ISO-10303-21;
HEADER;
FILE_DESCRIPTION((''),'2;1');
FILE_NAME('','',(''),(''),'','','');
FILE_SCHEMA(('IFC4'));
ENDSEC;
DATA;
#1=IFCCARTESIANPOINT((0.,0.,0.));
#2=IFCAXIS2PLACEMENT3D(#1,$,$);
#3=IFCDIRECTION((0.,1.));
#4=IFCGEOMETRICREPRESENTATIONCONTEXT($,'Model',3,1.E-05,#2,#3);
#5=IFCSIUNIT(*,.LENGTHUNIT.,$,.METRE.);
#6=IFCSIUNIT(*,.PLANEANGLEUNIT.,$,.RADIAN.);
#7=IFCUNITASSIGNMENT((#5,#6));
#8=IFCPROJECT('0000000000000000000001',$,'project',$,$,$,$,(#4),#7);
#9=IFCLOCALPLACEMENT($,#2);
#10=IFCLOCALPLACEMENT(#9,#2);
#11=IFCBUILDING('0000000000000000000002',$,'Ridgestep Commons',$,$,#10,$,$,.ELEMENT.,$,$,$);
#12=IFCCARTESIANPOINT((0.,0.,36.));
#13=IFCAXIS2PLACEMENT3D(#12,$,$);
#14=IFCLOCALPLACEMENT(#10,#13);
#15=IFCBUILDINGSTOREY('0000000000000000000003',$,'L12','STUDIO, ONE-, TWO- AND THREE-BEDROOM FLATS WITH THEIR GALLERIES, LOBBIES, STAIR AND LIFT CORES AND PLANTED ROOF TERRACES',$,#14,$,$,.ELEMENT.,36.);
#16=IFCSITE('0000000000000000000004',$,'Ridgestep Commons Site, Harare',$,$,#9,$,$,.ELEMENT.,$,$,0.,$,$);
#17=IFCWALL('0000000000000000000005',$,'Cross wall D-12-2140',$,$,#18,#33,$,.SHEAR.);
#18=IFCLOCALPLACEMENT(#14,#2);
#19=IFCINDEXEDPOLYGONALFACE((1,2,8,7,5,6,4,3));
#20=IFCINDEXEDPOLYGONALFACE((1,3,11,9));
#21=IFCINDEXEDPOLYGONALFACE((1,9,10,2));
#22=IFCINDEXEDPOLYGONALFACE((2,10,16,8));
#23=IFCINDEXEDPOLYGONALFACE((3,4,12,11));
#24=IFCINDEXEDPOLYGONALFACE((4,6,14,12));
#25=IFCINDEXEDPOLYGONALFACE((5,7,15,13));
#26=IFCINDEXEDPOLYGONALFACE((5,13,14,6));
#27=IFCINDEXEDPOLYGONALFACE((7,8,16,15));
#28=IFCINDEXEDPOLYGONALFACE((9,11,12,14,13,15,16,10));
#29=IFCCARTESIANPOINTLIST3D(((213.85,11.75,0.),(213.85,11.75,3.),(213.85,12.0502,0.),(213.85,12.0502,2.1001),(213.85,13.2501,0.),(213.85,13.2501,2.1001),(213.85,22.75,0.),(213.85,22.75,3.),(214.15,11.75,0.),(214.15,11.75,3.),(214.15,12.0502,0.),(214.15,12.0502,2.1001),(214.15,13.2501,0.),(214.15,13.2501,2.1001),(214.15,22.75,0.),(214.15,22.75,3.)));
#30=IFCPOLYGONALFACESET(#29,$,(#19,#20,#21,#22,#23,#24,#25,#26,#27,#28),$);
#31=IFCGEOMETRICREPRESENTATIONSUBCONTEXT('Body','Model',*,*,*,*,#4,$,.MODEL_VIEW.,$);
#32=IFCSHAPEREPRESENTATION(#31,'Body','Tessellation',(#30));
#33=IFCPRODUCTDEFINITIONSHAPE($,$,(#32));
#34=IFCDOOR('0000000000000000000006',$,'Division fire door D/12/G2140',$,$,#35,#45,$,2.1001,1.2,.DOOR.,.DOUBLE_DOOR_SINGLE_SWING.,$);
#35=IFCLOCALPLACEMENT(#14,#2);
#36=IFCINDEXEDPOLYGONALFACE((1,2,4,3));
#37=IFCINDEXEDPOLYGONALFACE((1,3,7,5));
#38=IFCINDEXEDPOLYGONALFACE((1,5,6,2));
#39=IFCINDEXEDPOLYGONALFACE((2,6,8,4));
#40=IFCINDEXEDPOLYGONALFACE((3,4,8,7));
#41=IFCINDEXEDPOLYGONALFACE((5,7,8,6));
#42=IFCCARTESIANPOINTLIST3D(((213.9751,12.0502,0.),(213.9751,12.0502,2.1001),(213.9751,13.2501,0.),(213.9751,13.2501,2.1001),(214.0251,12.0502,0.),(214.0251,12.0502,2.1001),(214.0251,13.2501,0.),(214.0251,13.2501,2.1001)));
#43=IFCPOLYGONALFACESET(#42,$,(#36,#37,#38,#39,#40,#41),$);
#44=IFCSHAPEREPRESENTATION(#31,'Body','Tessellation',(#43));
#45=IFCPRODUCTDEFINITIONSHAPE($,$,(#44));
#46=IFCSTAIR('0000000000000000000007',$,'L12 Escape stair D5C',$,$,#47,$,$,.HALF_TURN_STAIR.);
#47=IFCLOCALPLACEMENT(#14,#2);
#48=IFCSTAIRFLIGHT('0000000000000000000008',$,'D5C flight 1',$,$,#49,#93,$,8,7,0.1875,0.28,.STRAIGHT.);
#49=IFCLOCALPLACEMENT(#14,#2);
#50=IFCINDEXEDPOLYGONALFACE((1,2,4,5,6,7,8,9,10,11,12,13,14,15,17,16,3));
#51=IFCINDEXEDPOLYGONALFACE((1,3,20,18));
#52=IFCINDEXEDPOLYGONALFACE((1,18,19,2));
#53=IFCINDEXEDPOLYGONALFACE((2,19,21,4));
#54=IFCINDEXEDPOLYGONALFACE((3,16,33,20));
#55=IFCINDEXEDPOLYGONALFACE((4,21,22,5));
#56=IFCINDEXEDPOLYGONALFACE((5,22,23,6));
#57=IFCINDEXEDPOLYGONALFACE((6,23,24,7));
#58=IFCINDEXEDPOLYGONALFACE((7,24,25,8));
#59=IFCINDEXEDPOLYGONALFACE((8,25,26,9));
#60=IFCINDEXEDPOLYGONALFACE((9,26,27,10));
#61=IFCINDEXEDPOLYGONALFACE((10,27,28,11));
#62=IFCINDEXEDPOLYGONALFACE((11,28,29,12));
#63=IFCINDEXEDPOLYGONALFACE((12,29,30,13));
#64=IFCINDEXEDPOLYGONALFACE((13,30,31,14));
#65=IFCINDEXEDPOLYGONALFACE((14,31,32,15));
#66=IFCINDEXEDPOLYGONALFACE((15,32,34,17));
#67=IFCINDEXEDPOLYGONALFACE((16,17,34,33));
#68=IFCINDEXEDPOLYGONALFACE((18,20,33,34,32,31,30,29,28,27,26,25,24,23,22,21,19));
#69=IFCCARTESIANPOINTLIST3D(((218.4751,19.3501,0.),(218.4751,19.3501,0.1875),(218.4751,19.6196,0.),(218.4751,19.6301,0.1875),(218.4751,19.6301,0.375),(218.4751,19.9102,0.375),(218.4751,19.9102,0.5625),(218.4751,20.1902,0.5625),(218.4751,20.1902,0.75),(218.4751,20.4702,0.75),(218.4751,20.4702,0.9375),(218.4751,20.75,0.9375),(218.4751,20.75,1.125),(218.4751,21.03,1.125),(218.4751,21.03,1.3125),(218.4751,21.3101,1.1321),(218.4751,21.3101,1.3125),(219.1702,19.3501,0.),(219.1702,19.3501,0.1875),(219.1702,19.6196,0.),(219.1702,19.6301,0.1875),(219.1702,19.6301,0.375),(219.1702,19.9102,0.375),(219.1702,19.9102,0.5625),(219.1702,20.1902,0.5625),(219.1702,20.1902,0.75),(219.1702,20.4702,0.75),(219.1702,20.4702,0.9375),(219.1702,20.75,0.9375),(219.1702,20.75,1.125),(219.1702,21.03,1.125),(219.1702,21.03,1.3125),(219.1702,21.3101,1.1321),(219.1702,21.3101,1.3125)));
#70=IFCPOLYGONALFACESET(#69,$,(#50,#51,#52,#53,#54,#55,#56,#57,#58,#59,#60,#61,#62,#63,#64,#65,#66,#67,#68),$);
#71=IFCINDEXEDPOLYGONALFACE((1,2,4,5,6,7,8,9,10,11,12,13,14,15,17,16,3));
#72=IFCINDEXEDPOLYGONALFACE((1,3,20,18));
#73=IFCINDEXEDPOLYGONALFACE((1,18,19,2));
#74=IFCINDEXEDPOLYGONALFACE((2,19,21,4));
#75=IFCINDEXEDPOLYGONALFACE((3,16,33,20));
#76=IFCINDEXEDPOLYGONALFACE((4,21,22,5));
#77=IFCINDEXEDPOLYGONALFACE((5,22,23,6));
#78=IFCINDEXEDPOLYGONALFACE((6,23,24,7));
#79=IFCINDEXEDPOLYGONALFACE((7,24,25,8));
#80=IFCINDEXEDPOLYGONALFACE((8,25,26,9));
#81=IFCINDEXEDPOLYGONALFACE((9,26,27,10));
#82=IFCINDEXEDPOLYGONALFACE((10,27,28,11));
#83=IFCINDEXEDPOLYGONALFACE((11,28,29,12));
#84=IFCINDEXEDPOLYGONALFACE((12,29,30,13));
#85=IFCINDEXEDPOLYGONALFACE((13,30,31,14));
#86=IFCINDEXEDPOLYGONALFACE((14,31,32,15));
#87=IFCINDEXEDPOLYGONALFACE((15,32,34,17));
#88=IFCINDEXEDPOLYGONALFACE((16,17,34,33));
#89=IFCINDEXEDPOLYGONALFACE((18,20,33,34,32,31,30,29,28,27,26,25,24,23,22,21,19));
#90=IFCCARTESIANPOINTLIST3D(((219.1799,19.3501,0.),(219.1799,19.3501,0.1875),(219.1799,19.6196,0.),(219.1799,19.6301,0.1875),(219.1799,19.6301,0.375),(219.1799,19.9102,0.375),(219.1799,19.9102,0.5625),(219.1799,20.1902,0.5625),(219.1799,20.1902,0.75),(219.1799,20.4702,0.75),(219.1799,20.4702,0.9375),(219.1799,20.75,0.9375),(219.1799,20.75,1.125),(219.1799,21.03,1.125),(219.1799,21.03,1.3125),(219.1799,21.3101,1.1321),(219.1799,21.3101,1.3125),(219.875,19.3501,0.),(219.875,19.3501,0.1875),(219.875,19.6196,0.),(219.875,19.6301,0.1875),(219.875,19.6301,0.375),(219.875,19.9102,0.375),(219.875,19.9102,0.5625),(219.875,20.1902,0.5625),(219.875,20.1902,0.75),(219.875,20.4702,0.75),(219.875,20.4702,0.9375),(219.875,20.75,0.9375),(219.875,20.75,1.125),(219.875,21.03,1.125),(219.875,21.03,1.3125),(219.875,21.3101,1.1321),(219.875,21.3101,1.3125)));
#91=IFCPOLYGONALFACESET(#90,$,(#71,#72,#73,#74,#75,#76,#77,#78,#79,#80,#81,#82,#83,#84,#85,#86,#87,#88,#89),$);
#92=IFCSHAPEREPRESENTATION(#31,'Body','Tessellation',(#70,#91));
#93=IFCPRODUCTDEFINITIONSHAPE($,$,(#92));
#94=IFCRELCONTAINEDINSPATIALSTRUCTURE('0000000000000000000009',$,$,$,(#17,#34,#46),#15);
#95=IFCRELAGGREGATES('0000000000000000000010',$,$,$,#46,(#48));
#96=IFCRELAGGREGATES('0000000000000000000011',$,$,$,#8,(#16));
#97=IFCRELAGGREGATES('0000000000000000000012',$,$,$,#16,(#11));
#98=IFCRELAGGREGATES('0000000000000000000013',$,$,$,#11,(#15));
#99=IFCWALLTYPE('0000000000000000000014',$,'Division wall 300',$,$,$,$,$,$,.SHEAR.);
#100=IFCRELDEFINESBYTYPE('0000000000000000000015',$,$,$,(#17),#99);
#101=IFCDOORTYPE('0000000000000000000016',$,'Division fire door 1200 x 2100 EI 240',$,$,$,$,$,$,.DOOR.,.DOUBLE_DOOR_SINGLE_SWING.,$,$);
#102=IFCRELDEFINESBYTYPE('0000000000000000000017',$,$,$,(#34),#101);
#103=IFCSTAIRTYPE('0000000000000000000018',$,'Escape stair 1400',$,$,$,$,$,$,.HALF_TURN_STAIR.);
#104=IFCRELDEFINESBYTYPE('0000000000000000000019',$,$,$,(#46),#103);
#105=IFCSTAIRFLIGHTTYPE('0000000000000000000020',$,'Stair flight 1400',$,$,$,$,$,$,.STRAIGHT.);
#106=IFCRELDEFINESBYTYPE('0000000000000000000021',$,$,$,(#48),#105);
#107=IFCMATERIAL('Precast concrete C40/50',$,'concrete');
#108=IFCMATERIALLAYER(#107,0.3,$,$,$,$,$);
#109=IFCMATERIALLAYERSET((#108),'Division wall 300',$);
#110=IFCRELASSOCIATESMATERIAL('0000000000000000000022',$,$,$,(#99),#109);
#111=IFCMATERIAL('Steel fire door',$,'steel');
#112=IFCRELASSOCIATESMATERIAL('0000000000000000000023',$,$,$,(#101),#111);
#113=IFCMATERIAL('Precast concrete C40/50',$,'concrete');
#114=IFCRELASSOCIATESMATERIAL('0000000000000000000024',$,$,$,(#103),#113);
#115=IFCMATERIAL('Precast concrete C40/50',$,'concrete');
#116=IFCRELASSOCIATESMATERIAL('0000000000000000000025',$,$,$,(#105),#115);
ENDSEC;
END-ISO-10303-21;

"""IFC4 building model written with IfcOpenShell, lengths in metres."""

from ifc_helpers import new_model, si_unit, direction, frame, frame_2d, origin, place, context, subcontext, project, spatial, polyline, rectangle, outline, extrude, material, layer, layer_set, type_object, element, fill, aggregate, save


model = new_model("IFC4")

# Units and contexts
model_context = context("Model", 3, precision=1e-05, world=origin(), true_north=direction((0.0, 1.0)))
body_context = subcontext(model_context, "Body", "Model", "MODEL_VIEW")
ifc_project = project(units=[si_unit("LENGTHUNIT", "METRE"), si_unit("PLANEANGLEUNIT", "RADIAN")], contexts=[model_context])

# Site, building, storey
site_placement = place(None, origin())
site = spatial("IfcSite", under=ifc_project, at=site_placement, Name="Ridgestep Commons Site, Harare", CompositionType="ELEMENT", RefElevation=0.0)
building_placement = place(site_placement, origin())
building = spatial("IfcBuilding", under=site, at=building_placement, Name="Ridgestep Commons", CompositionType="ELEMENT")
storey_placement = place(building_placement, frame((0.0, 0.0, 36.0)))
storey = spatial("IfcBuildingStorey", under=building, at=storey_placement, Name="L12", Description="STUDIO, ONE-, TWO- AND THREE-BEDROOM FLATS WITH THEIR GALLERIES, LOBBIES, STAIR AND LIFT CORES AND PLANTED ROOF TERRACES", CompositionType="ELEMENT", Elevation=36.0)

# Wall, opening, door
ifc_material_1 = material(Name="Precast concrete C40/50", Category="concrete")
ifc_layer_1 = layer(ifc_material_1, 0.3)
ifc_layer_set_1 = layer_set([ifc_layer_1], Name="Division wall 300")
wall_type_1 = type_object("IfcWallType", Name="Division wall 300", PredefinedType="SHEAR", material=ifc_layer_set_1)
wall_1_placement = place(storey_placement, frame((214.0, 11.75, 0.0), z_axis=(0.0, 0.0, 1.0), x_axis=(0.0, 1.0, 0.0)))
wall_1 = element("IfcWall", 1, at=wall_1_placement, inside=storey, type_object=wall_type_1, Name="Cross wall D-12-2140", PredefinedType="SHEAR", context=body_context, shape_type="SweptSolid", body=[
    extrude(rectangle(XDim=11.0, YDim=0.3, at=frame_2d((5.5, 0.0))), origin(), (0.0, 0.0, 1.0), 3.0),
])
opening_1_placement = place(wall_1_placement, frame((0.3, 0.0, 0.0)))
opening_1 = element("IfcOpeningElement", 2, at=opening_1_placement, cuts=wall_1, PredefinedType="OPENING", context=body_context, shape_type="SweptSolid", body=[
    extrude(rectangle(XDim=1.2, YDim=2.1001, at=frame_2d((0.6001, 1.05))), frame((0.0, 0.1599, 0.0), z_axis=(0.0, -1.0, 0.0), x_axis=(1.0, 0.0, 0.0)), (0.0, 0.0, 1.0), 0.3201),
])
ifc_material_2 = material(Name="Steel fire door", Category="steel")
door_type_1 = type_object("IfcDoorType", Name="Division fire door 1200 x 2100 EI 240", OperationType="DOUBLE_DOOR_SINGLE_SWING", PredefinedType="DOOR", material=ifc_material_2)
door_1_placement = place(opening_1_placement, origin())
door_1 = element("IfcDoor", 3, at=door_1_placement, inside=storey, type_object=door_type_1, Name="Division fire door D/12/G2140", OperationType="DOUBLE_DOOR_SINGLE_SWING", OverallHeight=2.1001, OverallWidth=1.2, PredefinedType="DOOR", context=body_context, shape_type="SweptSolid", body=[
    extrude(rectangle(XDim=1.2, YDim=2.1001, at=frame_2d((0.6001, 1.05))), frame((0.0, 0.0249, 0.0), z_axis=(0.0, -1.0, 0.0), x_axis=(1.0, 0.0, 0.0)), (0.0, 0.0, 1.0), 0.05),
])
fill(opening_1, door_1)

# Stair, stair flight
ifc_material_3 = material(Name="Precast concrete C40/50", Category="concrete")
stair_type = type_object("IfcStairType", Name="Escape stair 1400", PredefinedType="HALF_TURN_STAIR", material=ifc_material_3)
stair_placement = place(storey_placement, origin())
stair = element("IfcStair", 4, at=stair_placement, inside=storey, type_object=stair_type, Name="L12 Escape stair D5C", PredefinedType="HALF_TURN_STAIR")
ifc_material_4 = material(Name="Precast concrete C40/50", Category="concrete")
stair_flight_type = type_object("IfcStairFlightType", Name="Stair flight 1400", PredefinedType="STRAIGHT", material=ifc_material_4)
stair_flight_placement = place(storey_placement, frame((219.175, 19.3501, 0.0), z_axis=(0.0, 0.0, 1.0), x_axis=(0.0, 1.0, 0.0)))
stair_flight = element("IfcStairFlight", 5, at=stair_flight_placement, type_object=stair_flight_type, Name="D5C flight 1", NumberOfRisers=8, NumberOfTreads=7, PredefinedType="STRAIGHT", RiserHeight=0.1875, TreadLength=0.28, context=body_context, shape_type="SweptSolid", body=[
    extrude(outline(polyline([(0.0, 0.0), (0.0, 0.1875), (0.28, 0.1875), (0.28, 0.375), (0.5601, 0.375), (0.5601, 0.5625), (0.8401, 0.5625), (0.8401, 0.75), (1.1201, 0.75), (1.1201, 0.9375), (1.3999, 0.9375), (1.3999, 1.125), (1.6799, 1.125), (1.6799, 1.3125), (1.96, 1.3125), (1.96, 1.5), (1.96, 1.1321), (0.2695, 0.0), (0.0, 0.0)])), frame((0.0, 0.7, 0.0), z_axis=(0.0, -1.0, 0.0), x_axis=(1.0, 0.0, 0.0)), (0.0, 0.0, 1.0), 0.6951),
    extrude(outline(polyline([(0.0, 0.0), (0.0, 0.1875), (0.28, 0.1875), (0.28, 0.375), (0.5601, 0.375), (0.5601, 0.5625), (0.8401, 0.5625), (0.8401, 0.75), (1.1201, 0.75), (1.1201, 0.9375), (1.3999, 0.9375), (1.3999, 1.125), (1.6799, 1.125), (1.6799, 1.3125), (1.96, 1.3125), (1.96, 1.5), (1.96, 1.1321), (0.2695, 0.0), (0.0, 0.0)])), frame((0.0, -0.0049, 0.0), z_axis=(0.0, -1.0, 0.0), x_axis=(1.0, 0.0, 0.0)), (0.0, 0.0, 1.0), 0.6951),
])
aggregate(stair, [stair_flight])

save(model, "model.ifc")
